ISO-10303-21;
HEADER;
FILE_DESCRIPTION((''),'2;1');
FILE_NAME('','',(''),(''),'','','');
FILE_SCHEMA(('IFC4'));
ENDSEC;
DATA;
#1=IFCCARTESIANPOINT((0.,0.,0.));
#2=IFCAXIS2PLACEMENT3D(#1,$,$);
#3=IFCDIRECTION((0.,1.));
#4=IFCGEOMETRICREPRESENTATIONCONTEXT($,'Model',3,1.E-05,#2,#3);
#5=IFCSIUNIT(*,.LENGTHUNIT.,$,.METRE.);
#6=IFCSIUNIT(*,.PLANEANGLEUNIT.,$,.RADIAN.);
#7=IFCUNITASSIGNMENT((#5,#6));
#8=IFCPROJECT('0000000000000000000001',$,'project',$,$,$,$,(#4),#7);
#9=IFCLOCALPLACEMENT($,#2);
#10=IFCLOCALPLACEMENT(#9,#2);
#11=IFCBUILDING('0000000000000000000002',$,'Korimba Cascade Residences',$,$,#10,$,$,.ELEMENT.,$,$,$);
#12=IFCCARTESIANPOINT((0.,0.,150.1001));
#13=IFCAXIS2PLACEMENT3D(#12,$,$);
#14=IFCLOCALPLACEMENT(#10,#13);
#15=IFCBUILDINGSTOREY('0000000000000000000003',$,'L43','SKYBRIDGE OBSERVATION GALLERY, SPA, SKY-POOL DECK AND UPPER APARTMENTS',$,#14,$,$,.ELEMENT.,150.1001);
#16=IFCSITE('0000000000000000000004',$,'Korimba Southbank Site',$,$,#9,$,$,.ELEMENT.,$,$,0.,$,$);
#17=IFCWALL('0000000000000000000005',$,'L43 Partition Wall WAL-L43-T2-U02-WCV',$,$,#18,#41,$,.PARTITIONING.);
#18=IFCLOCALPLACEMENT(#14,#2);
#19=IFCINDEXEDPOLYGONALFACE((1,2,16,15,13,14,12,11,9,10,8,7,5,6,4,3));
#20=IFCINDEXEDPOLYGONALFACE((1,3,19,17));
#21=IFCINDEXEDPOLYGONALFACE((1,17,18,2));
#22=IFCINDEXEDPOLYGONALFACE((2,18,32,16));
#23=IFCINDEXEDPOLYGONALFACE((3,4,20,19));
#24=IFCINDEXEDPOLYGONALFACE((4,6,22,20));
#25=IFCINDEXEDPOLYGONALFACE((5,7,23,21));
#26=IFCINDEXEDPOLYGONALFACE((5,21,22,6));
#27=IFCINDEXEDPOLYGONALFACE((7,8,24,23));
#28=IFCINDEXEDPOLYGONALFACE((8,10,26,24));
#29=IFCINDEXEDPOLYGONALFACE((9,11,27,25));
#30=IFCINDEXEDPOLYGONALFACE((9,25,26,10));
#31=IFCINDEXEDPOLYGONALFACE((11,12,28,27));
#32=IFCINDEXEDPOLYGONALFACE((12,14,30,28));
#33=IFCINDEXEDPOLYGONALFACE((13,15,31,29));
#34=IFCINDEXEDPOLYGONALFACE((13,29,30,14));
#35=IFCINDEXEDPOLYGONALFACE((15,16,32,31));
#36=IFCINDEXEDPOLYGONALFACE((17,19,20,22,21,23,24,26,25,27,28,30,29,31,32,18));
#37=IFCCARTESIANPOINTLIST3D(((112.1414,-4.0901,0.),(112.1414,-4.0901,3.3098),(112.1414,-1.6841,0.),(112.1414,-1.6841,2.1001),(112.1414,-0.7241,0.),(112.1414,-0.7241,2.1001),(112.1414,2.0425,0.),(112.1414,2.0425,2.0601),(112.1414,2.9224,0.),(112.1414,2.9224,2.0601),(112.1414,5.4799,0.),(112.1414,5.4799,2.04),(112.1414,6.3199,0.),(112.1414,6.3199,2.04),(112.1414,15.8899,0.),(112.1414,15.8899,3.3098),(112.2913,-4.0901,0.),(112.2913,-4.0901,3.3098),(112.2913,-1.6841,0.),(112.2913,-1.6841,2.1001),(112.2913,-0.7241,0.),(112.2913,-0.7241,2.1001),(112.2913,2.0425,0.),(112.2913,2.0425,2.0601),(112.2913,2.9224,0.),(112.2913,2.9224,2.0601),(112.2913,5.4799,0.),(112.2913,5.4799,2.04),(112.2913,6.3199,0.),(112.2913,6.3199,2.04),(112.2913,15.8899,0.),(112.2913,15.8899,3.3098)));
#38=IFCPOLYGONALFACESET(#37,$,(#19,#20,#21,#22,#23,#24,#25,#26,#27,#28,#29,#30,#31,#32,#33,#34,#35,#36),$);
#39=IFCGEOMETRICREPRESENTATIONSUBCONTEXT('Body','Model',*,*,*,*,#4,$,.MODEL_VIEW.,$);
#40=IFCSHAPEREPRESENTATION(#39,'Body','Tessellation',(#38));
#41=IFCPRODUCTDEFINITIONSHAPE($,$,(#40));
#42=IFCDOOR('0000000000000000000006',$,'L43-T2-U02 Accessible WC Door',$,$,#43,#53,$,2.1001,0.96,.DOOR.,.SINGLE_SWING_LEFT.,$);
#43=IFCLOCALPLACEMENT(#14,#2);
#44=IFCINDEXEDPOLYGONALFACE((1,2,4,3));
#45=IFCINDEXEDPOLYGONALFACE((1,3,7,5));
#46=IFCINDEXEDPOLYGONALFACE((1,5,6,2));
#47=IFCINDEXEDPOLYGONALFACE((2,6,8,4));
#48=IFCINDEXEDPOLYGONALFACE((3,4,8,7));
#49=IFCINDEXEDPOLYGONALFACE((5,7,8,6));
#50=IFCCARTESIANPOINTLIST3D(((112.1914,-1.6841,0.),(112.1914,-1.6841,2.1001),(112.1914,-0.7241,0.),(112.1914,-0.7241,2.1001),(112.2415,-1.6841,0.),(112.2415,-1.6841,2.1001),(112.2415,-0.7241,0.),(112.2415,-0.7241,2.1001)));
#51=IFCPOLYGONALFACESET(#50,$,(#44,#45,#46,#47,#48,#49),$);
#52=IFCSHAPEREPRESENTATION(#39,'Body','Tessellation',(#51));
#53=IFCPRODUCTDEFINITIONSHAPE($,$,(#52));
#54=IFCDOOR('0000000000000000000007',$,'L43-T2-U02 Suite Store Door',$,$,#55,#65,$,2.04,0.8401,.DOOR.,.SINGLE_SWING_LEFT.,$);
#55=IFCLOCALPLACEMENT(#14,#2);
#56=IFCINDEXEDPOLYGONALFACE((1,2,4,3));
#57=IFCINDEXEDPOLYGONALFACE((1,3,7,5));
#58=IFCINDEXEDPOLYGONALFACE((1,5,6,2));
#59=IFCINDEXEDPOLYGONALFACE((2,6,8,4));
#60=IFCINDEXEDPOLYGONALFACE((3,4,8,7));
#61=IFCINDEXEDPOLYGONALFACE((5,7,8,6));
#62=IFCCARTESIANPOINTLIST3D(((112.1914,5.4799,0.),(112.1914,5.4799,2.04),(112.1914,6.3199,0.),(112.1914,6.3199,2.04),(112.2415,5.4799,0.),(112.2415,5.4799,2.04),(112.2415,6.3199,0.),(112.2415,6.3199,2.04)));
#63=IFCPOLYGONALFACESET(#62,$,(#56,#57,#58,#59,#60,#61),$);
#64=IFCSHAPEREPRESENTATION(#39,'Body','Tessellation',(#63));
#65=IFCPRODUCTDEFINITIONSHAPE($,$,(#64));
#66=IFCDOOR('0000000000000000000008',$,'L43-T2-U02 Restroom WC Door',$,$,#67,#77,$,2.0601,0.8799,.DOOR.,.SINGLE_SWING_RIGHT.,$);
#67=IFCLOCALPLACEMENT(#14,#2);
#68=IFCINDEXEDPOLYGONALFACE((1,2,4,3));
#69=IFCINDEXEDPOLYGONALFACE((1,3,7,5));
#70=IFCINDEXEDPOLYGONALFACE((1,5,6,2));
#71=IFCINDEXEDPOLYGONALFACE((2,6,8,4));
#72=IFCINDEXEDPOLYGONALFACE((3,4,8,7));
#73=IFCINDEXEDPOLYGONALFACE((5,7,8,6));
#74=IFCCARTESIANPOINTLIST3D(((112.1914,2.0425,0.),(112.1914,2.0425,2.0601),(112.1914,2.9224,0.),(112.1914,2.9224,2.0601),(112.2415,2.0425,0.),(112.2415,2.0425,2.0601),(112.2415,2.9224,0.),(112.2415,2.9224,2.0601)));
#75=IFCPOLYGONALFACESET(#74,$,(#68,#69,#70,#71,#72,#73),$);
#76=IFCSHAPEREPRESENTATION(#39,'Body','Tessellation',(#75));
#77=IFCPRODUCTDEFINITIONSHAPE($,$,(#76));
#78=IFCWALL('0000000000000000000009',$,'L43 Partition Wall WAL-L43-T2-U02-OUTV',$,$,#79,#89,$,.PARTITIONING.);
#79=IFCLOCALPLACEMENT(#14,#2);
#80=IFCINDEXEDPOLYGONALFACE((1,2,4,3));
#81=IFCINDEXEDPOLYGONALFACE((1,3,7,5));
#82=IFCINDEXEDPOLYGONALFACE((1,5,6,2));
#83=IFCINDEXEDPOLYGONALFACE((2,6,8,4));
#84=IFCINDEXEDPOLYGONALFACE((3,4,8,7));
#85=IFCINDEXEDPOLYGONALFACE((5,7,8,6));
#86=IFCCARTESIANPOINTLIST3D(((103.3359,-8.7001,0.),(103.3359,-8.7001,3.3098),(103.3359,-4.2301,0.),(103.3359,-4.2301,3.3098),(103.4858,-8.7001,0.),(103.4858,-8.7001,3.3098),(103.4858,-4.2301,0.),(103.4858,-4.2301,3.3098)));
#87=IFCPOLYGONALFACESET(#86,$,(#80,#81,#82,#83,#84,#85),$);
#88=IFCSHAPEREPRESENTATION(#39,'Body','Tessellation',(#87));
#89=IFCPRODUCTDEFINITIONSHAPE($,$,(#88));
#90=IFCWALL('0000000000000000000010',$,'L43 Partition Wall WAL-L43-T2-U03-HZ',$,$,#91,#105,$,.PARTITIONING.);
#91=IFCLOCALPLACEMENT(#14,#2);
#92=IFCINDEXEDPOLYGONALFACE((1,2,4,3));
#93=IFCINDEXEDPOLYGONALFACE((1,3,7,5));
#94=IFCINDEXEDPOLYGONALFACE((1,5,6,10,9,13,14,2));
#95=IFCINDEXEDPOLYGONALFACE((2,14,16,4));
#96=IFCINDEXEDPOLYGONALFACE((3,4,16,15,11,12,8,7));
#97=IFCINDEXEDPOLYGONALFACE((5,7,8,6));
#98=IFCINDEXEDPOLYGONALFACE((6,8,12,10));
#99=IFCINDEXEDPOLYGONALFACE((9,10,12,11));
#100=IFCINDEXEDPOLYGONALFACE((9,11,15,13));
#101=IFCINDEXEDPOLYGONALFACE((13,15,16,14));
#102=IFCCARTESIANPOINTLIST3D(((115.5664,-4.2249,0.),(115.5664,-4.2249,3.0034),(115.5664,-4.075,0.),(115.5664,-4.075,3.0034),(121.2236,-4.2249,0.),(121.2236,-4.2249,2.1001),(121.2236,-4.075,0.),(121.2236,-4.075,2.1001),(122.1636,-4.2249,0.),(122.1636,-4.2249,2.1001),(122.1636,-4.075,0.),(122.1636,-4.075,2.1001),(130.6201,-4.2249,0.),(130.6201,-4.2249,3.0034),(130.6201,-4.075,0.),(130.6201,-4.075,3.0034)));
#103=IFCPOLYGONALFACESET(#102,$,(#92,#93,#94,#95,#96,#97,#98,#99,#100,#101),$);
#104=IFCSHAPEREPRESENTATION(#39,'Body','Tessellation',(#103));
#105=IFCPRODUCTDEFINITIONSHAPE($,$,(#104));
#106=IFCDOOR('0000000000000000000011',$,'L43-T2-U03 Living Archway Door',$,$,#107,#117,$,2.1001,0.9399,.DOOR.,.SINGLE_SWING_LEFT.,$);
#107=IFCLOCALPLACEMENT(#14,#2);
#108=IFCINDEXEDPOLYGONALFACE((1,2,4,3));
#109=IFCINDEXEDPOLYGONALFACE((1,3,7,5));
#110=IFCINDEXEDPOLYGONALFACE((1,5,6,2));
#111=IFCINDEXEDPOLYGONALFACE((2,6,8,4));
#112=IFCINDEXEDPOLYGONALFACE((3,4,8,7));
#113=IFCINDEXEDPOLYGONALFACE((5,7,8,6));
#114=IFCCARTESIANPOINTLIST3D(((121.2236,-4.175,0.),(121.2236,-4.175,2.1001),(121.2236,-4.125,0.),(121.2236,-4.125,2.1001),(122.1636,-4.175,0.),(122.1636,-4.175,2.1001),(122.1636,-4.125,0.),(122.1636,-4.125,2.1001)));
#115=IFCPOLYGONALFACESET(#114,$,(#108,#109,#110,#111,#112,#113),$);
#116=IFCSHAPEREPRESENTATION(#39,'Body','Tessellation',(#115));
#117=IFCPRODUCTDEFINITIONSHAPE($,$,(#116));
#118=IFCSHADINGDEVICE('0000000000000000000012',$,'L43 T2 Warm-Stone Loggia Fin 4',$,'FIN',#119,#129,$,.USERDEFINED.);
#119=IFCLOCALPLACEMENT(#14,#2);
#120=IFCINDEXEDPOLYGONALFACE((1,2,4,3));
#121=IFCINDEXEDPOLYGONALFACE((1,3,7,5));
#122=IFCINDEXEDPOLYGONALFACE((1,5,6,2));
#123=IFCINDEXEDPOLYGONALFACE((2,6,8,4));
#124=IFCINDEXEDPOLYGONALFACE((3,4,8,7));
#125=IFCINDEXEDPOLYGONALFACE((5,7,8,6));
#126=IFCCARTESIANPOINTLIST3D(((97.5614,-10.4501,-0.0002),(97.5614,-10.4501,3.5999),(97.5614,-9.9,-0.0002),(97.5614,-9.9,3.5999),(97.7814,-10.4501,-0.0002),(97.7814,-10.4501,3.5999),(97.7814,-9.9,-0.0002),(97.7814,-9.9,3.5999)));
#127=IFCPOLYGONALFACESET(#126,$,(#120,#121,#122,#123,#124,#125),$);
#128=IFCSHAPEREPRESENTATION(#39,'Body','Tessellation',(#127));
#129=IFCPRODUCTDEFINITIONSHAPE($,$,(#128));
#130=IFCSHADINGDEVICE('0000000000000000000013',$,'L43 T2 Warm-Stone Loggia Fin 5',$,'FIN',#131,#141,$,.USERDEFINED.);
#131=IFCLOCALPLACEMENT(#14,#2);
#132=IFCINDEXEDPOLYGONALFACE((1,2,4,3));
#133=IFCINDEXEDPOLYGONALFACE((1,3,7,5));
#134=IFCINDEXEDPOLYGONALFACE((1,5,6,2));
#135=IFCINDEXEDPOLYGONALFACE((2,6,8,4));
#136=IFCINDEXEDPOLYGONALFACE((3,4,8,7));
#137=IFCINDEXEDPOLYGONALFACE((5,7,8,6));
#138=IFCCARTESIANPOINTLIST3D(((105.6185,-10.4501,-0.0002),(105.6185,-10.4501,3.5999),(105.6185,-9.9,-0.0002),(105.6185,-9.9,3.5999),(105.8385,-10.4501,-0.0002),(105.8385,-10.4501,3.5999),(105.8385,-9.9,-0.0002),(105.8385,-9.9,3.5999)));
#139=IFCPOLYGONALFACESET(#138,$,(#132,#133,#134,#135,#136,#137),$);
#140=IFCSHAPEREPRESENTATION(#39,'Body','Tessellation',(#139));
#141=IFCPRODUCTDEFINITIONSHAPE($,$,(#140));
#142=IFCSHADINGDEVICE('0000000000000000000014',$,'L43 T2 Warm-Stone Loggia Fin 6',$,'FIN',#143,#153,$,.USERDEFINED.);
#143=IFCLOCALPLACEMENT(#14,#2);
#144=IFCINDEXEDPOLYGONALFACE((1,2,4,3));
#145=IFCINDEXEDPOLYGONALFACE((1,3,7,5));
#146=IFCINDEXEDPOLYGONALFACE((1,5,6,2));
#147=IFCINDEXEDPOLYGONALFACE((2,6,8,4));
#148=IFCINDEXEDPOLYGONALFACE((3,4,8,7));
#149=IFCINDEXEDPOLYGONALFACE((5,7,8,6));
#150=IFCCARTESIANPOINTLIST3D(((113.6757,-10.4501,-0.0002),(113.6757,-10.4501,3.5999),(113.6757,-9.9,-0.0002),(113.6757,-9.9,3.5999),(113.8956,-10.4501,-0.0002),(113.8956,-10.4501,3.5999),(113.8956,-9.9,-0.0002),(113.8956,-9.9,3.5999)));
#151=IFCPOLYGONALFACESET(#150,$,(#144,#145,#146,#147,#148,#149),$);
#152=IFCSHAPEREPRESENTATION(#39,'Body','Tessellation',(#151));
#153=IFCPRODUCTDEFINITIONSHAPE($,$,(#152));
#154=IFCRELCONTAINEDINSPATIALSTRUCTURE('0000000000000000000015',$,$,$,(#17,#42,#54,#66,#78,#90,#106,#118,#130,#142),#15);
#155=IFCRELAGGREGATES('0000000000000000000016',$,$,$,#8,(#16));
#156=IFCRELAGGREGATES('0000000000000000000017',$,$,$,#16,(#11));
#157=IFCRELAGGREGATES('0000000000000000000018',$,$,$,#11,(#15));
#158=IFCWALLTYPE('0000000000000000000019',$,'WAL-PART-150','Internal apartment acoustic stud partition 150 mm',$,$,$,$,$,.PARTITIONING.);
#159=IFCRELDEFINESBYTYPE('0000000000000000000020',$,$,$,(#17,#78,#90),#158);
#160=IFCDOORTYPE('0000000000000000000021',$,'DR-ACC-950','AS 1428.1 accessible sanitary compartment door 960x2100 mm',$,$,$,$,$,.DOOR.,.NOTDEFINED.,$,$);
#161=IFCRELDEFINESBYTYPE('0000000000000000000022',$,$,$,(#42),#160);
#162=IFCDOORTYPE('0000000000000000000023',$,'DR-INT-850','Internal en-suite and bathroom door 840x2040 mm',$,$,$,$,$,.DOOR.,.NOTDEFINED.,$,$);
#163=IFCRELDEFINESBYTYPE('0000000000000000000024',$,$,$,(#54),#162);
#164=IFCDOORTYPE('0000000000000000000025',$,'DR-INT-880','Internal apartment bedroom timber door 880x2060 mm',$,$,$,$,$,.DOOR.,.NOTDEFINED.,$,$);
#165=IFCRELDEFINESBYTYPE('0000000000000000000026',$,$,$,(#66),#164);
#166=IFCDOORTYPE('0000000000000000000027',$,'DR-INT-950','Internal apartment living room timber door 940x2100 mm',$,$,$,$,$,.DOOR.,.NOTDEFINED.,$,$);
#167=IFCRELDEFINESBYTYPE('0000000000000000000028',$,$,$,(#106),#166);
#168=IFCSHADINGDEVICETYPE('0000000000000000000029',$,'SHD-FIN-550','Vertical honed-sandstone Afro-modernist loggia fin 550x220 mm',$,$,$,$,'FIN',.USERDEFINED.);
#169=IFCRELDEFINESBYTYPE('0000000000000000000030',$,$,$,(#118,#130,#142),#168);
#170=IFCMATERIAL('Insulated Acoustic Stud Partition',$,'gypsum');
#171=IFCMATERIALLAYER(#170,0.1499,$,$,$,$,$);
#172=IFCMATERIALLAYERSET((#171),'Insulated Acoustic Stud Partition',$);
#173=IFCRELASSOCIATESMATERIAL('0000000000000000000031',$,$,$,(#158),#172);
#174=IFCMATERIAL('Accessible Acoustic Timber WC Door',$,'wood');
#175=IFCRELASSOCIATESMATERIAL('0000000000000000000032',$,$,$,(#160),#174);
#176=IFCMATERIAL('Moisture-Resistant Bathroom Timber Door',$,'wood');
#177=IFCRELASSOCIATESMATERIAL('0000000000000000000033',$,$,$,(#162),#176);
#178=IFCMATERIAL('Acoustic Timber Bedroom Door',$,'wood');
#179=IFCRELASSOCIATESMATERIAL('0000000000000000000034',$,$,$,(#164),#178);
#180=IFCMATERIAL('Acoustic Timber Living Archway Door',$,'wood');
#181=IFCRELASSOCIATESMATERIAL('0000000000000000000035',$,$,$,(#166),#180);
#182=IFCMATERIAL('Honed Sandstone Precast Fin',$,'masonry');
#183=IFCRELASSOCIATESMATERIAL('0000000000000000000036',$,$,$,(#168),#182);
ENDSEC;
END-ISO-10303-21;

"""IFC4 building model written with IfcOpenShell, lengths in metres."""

from ifc_helpers import new_model, si_unit, direction, frame, frame_2d, origin, origin_2d, place, context, subcontext, project, spatial, rectangle, extrude, material, layer, layer_set, type_object, element, fill, save


model = new_model("IFC4")

# Units and contexts
model_context = context("Model", 3, precision=1e-05, world=origin(), true_north=direction((0.0, 1.0)))
body_context = subcontext(model_context, "Body", "Model", "MODEL_VIEW")
ifc_project = project(units=[si_unit("LENGTHUNIT", "METRE"), si_unit("PLANEANGLEUNIT", "RADIAN")], contexts=[model_context])

# Site, building, storey
site_placement = place(None, origin())
site = spatial("IfcSite", under=ifc_project, at=site_placement, Name="Korimba Southbank Site", CompositionType="ELEMENT", RefElevation=0.0)
building_placement = place(site_placement, origin())
building = spatial("IfcBuilding", under=site, at=building_placement, Name="Korimba Cascade Residences", CompositionType="ELEMENT")
storey_placement = place(building_placement, frame((0.0, 0.0, 150.1001)))
storey = spatial("IfcBuildingStorey", under=building, at=storey_placement, Name="L43", Description="SKYBRIDGE OBSERVATION GALLERY, SPA, SKY-POOL DECK AND UPPER APARTMENTS", CompositionType="ELEMENT", Elevation=150.1001)

# Wall, openings, doors
ifc_material_1 = material(Name="Insulated Acoustic Stud Partition", Category="gypsum")
ifc_layer_1 = layer(ifc_material_1, 0.1499)
ifc_layer_set_1 = layer_set([ifc_layer_1], Name="Insulated Acoustic Stud Partition")
wall_type_1 = type_object("IfcWallType", Name="WAL-PART-150", Description="Internal apartment acoustic stud partition 150 mm", PredefinedType="PARTITIONING", material=ifc_layer_set_1)
wall_1_placement = place(storey_placement, frame((112.2163, -4.0901, 0.0), z_axis=(0.0, 0.0, 1.0), x_axis=(0.0, 1.0, 0.0)))
wall_1 = element("IfcWall", 1, at=wall_1_placement, inside=storey, type_object=wall_type_1, Name="L43 Partition Wall WAL-L43-T2-U02-WCV", PredefinedType="PARTITIONING", context=body_context, shape_type="SweptSolid", body=[
    extrude(rectangle(XDim=19.98, YDim=0.1499, at=frame_2d((9.99, 0.0))), origin(), (0.0, 0.0, 1.0), 3.3098),
])
opening_1_placement = place(wall_1_placement, frame((2.406, 0.0, 0.0)))
opening_1 = element("IfcOpeningElement", 2, at=opening_1_placement, cuts=wall_1, PredefinedType="OPENING", context=body_context, shape_type="SweptSolid", body=[
    extrude(rectangle(XDim=0.96, YDim=2.1001, at=frame_2d((0.48, 1.05))), frame((0.0, 0.085, 0.0), z_axis=(0.0, -1.0, 0.0), x_axis=(1.0, 0.0, 0.0)), (0.0, 0.0, 1.0), 0.1699),
])
opening_2_placement = place(wall_1_placement, frame((6.1326, 0.0, 0.0)))
opening_2 = element("IfcOpeningElement", 3, at=opening_2_placement, cuts=wall_1, PredefinedType="OPENING", context=body_context, shape_type="SweptSolid", body=[
    extrude(rectangle(XDim=0.8799, YDim=2.0601, at=frame_2d((0.4399, 1.03))), frame((0.0, 0.085, 0.0), z_axis=(0.0, -1.0, 0.0), x_axis=(1.0, 0.0, 0.0)), (0.0, 0.0, 1.0), 0.1699),
])
opening_3_placement = place(wall_1_placement, frame((9.5701, 0.0, 0.0)))
opening_3 = element("IfcOpeningElement", 4, at=opening_3_placement, cuts=wall_1, PredefinedType="OPENING", context=body_context, shape_type="SweptSolid", body=[
    extrude(rectangle(XDim=0.8401, YDim=2.04, at=frame_2d((0.4199, 1.02))), frame((0.0, 0.085, 0.0), z_axis=(0.0, -1.0, 0.0), x_axis=(1.0, 0.0, 0.0)), (0.0, 0.0, 1.0), 0.1699),
])
ifc_material_2 = material(Name="Accessible Acoustic Timber WC Door", Category="wood")
door_type_1 = type_object("IfcDoorType", Name="DR-ACC-950", Description="AS 1428.1 accessible sanitary compartment door 960x2100 mm", OperationType="NOTDEFINED", PredefinedType="DOOR", material=ifc_material_2)
door_1_placement = place(opening_1_placement, origin())
door_1 = element("IfcDoor", 5, at=door_1_placement, inside=storey, type_object=door_type_1, Name="L43-T2-U02 Accessible WC Door", OperationType="SINGLE_SWING_LEFT", OverallHeight=2.1001, OverallWidth=0.96, PredefinedType="DOOR", context=body_context, shape_type="SweptSolid", body=[
    extrude(rectangle(XDim=0.96, YDim=2.1001, at=frame_2d((0.48, 1.05))), frame((0.0, 0.0249, 0.0), z_axis=(0.0, -1.0, 0.0), x_axis=(1.0, 0.0, 0.0)), (0.0, 0.0, 1.0), 0.05),
])
fill(opening_1, door_1)
ifc_material_3 = material(Name="Moisture-Resistant Bathroom Timber Door", Category="wood")
door_type_2 = type_object("IfcDoorType", Name="DR-INT-850", Description="Internal en-suite and bathroom door 840x2040 mm", OperationType="NOTDEFINED", PredefinedType="DOOR", material=ifc_material_3)
door_2_placement = place(opening_3_placement, origin())
door_2 = element("IfcDoor", 6, at=door_2_placement, inside=storey, type_object=door_type_2, Name="L43-T2-U02 Suite Store Door", OperationType="SINGLE_SWING_LEFT", OverallHeight=2.04, OverallWidth=0.8401, PredefinedType="DOOR", context=body_context, shape_type="SweptSolid", body=[
    extrude(rectangle(XDim=0.8401, YDim=2.04, at=frame_2d((0.4199, 1.02))), frame((0.0, 0.0249, 0.0), z_axis=(0.0, -1.0, 0.0), x_axis=(1.0, 0.0, 0.0)), (0.0, 0.0, 1.0), 0.05),
])
fill(opening_3, door_2)
ifc_material_4 = material(Name="Acoustic Timber Bedroom Door", Category="wood")
door_type_3 = type_object("IfcDoorType", Name="DR-INT-880", Description="Internal apartment bedroom timber door 880x2060 mm", OperationType="NOTDEFINED", PredefinedType="DOOR", material=ifc_material_4)
door_3_placement = place(opening_2_placement, origin())
door_3 = element("IfcDoor", 7, at=door_3_placement, inside=storey, type_object=door_type_3, Name="L43-T2-U02 Restroom WC Door", OperationType="SINGLE_SWING_RIGHT", OverallHeight=2.0601, OverallWidth=0.8799, PredefinedType="DOOR", context=body_context, shape_type="SweptSolid", body=[
    extrude(rectangle(XDim=0.8799, YDim=2.0601, at=frame_2d((0.4399, 1.03))), frame((0.0, 0.0249, 0.0), z_axis=(0.0, -1.0, 0.0), x_axis=(1.0, 0.0, 0.0)), (0.0, 0.0, 1.0), 0.05),
])
fill(opening_2, door_3)

# Wall
wall_2_placement = place(storey_placement, frame((103.4109, -8.7, 0.0), z_axis=(0.0, 0.0, 1.0), x_axis=(0.0, 1.0, 0.0)))
element("IfcWall", 8, at=wall_2_placement, inside=storey, type_object=wall_type_1, Name="L43 Partition Wall WAL-L43-T2-U02-OUTV", PredefinedType="PARTITIONING", context=body_context, shape_type="SweptSolid", body=[
    extrude(rectangle(XDim=4.47, YDim=0.1499, at=frame_2d((2.2349, 0.0))), origin(), (0.0, 0.0, 1.0), 3.3098),
])

# Wall, opening, door
wall_3_placement = place(storey_placement, frame((115.5664, -4.1499, 0.0), z_axis=(0.0, 0.0, 1.0), x_axis=(1.0, 0.0, 0.0)))
wall_3 = element("IfcWall", 9, at=wall_3_placement, inside=storey, type_object=wall_type_1, Name="L43 Partition Wall WAL-L43-T2-U03-HZ", PredefinedType="PARTITIONING", context=body_context, shape_type="SweptSolid", body=[
    extrude(rectangle(XDim=15.0537, YDim=0.1499, at=frame_2d((7.5269, 0.0))), origin(), (0.0, 0.0, 1.0), 3.0034),
])
opening_4_placement = place(wall_3_placement, frame((5.6572, 0.0, 0.0)))
opening_4 = element("IfcOpeningElement", 10, at=opening_4_placement, cuts=wall_3, PredefinedType="OPENING", context=body_context, shape_type="SweptSolid", body=[
    extrude(rectangle(XDim=0.9399, YDim=2.1001, at=frame_2d((0.47, 1.05))), frame((0.0, 0.085, 0.0), z_axis=(0.0, -1.0, 0.0), x_axis=(1.0, 0.0, 0.0)), (0.0, 0.0, 1.0), 0.1699),
])
ifc_material_5 = material(Name="Acoustic Timber Living Archway Door", Category="wood")
door_type_4 = type_object("IfcDoorType", Name="DR-INT-950", Description="Internal apartment living room timber door 940x2100 mm", OperationType="NOTDEFINED", PredefinedType="DOOR", material=ifc_material_5)
door_4_placement = place(opening_4_placement, origin())
door_4 = element("IfcDoor", 11, at=door_4_placement, inside=storey, type_object=door_type_4, Name="L43-T2-U03 Living Archway Door", OperationType="SINGLE_SWING_LEFT", OverallHeight=2.1001, OverallWidth=0.9399, PredefinedType="DOOR", context=body_context, shape_type="SweptSolid", body=[
    extrude(rectangle(XDim=0.9399, YDim=2.1001, at=frame_2d((0.47, 1.05))), frame((0.0, 0.0249, 0.0), z_axis=(0.0, -1.0, 0.0), x_axis=(1.0, 0.0, 0.0)), (0.0, 0.0, 1.0), 0.05),
])
fill(opening_4, door_4)

# Shading devices
ifc_material_6 = material(Name="Honed Sandstone Precast Fin", Category="masonry")
shading_device_type = type_object("IfcShadingDeviceType", Name="SHD-FIN-550", Description="Vertical honed-sandstone Afro-modernist loggia fin 550x220 mm", ElementType="FIN", PredefinedType="USERDEFINED", material=ifc_material_6)
for number, where, z_axis, x_axis, name in (
    (12, (97.6714, -10.175, -0.0002), (0.0, 0.0, 1.0), (1.0, 0.0, 0.0), "L43 T2 Warm-Stone Loggia Fin 4"),
    (13, (105.7285, -10.175, -0.0002), (0.0, 0.0, 1.0), (1.0, 0.0, 0.0), "L43 T2 Warm-Stone Loggia Fin 5"),
    (14, (113.7856, -10.175, -0.0002), (0.0, 0.0, 1.0), (1.0, 0.0, 0.0), "L43 T2 Warm-Stone Loggia Fin 6"),
):
    element("IfcShadingDevice", number, at=place(storey_placement, frame(where, z_axis=z_axis, x_axis=x_axis)), inside=storey, type_object=shading_device_type, Name=name, ObjectType="FIN", PredefinedType="USERDEFINED", context=body_context, shape_type="SweptSolid", body=[
        extrude(rectangle(XDim=0.22, YDim=0.55, at=origin_2d()), origin(), (0.0, 0.0, 1.0), 3.6001),
    ])

save(model, "model.ifc")
